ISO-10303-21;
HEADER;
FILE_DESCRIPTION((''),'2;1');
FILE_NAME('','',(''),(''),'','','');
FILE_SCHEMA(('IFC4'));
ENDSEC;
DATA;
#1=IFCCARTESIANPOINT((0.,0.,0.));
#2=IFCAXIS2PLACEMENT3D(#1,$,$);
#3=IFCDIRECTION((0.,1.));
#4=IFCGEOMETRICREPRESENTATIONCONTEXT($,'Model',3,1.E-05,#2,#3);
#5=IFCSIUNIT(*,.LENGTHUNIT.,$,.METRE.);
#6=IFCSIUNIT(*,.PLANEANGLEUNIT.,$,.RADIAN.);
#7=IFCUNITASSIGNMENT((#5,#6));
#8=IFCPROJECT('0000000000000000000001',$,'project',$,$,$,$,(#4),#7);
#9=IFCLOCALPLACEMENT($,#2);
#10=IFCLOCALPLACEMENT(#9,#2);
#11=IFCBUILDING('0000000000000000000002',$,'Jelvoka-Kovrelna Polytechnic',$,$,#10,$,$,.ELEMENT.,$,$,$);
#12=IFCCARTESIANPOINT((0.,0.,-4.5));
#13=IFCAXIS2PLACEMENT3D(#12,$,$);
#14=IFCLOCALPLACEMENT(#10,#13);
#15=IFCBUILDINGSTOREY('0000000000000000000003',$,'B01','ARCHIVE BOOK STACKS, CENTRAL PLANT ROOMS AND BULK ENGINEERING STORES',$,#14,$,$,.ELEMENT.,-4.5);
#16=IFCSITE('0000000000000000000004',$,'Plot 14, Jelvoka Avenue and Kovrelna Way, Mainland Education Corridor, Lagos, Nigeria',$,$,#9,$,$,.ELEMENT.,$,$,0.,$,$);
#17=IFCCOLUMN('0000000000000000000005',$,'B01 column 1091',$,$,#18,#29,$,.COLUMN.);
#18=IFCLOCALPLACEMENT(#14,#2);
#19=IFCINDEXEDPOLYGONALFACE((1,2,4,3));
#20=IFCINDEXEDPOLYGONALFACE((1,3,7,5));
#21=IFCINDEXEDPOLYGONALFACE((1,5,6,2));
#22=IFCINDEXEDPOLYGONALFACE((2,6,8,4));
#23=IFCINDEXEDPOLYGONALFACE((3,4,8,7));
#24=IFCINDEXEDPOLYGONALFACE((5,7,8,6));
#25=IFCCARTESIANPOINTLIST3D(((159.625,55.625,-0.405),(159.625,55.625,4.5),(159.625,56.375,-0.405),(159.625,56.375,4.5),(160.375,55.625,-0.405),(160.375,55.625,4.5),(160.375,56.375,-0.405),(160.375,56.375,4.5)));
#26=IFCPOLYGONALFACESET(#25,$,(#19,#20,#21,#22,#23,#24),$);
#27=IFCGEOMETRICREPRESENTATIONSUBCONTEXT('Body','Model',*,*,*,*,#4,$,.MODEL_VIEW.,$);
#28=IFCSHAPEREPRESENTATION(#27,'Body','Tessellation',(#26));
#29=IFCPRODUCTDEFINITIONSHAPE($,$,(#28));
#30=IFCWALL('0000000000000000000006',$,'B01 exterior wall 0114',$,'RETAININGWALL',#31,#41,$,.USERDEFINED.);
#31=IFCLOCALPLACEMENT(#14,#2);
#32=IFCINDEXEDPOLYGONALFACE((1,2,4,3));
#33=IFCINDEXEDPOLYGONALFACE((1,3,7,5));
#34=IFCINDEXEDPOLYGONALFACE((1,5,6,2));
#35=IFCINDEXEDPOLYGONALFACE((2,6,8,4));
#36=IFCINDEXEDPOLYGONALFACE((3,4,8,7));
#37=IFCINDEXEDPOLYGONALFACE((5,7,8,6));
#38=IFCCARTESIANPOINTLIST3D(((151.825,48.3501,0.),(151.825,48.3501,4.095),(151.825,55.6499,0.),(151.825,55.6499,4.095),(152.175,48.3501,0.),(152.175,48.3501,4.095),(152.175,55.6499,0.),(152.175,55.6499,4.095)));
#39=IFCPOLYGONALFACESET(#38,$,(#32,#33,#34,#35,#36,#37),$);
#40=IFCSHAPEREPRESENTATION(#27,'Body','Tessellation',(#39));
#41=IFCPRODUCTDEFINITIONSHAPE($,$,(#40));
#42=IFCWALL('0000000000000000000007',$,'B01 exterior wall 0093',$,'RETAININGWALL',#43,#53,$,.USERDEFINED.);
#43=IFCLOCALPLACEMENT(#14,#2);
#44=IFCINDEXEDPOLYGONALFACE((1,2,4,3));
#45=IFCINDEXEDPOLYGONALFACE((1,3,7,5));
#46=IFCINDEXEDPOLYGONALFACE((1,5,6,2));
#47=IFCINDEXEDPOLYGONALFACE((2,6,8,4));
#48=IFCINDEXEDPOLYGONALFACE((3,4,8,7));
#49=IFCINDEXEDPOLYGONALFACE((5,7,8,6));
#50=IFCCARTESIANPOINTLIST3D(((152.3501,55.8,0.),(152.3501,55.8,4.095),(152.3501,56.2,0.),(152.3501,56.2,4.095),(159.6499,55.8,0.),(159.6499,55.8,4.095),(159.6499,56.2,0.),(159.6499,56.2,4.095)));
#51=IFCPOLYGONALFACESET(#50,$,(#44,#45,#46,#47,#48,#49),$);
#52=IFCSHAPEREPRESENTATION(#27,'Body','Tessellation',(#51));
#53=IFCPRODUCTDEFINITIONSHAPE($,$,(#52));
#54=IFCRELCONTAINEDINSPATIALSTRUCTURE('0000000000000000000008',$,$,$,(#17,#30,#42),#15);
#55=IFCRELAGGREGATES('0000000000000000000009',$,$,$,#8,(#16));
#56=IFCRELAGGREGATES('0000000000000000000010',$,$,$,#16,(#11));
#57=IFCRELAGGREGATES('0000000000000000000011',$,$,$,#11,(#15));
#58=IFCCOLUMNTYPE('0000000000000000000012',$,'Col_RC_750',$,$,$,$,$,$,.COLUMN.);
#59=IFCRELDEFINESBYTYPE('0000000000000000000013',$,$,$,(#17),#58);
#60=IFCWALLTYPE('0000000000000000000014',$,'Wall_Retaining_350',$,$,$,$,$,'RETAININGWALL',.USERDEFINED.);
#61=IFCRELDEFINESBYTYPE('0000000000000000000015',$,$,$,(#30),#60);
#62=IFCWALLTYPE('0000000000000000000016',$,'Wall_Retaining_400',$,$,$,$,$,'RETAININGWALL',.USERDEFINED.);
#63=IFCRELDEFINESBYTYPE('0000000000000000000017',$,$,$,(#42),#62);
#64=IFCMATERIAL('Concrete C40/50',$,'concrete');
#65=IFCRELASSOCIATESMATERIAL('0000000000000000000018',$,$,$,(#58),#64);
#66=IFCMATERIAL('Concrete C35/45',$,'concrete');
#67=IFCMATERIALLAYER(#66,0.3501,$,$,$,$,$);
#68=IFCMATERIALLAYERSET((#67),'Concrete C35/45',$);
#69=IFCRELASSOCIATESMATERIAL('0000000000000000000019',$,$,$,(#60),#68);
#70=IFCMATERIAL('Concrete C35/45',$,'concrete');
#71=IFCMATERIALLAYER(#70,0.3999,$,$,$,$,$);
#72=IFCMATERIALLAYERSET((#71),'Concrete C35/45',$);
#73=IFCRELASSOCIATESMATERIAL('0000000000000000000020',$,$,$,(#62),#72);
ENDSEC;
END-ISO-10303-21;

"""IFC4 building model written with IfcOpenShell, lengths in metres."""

from ifc_helpers import new_model, si_unit, direction, frame, frame_2d, origin, origin_2d, place, context, subcontext, project, spatial, rectangle, extrude, material, layer, layer_set, material_profile, profile_set, type_object, element, save


model = new_model("IFC4")

# Units and contexts
model_context = context("Model", 3, precision=1e-05, world=origin(), true_north=direction((0.0, 1.0)))
body_context = subcontext(model_context, "Body", "Model", "MODEL_VIEW")
ifc_project = project(units=[si_unit("LENGTHUNIT", "METRE"), si_unit("PLANEANGLEUNIT", "RADIAN")], contexts=[model_context])

# Site, building, storey
site_placement = place(None, origin())
site = spatial("IfcSite", under=ifc_project, at=site_placement, Name="Plot 14, Jelvoka Avenue and Kovrelna Way, Mainland Education Corridor, Lagos, Nigeria", CompositionType="ELEMENT", RefElevation=0.0)
building_placement = place(site_placement, origin())
building = spatial("IfcBuilding", under=site, at=building_placement, Name="Jelvoka-Kovrelna Polytechnic", CompositionType="ELEMENT")
storey_placement = place(building_placement, frame((0.0, 0.0, -4.5)))
storey = spatial("IfcBuildingStorey", under=building, at=storey_placement, Name="B01", Description="ARCHIVE BOOK STACKS, CENTRAL PLANT ROOMS AND BULK ENGINEERING STORES", CompositionType="ELEMENT", Elevation=-4.5)

# Column
ifc_material_1 = material(Name="Concrete C40/50", Category="concrete")
ifc_material_profile_1 = material_profile(ifc_material_1, rectangle(XDim=0.75, YDim=0.75, at=origin_2d()), Name="RC 750x750")
ifc_profile_set_1 = profile_set([ifc_material_profile_1], Name="Concrete C40/50")
column_type = type_object("IfcColumnType", Name="Col_RC_750", PredefinedType="COLUMN", material=ifc_profile_set_1)
for number, where, z_axis, x_axis, name in (
    (1, (160.0, 56.0, -0.405), (0.0, 0.0, 1.0), (1.0, 0.0, 0.0), "B01 column 1091"),
):
    element("IfcColumn", number, at=place(storey_placement, frame(where, z_axis=z_axis, x_axis=x_axis)), inside=storey, type_object=column_type, Name=name, PredefinedType="COLUMN", context=body_context, shape_type="SweptSolid", body=[
        extrude(rectangle(XDim=0.75, YDim=0.75, at=origin_2d()), origin(), (0.0, 0.0, 1.0), 4.905),
    ])

# Walls
ifc_material_2 = material(Name="Concrete C35/45", Category="concrete")
ifc_layer_1 = layer(ifc_material_2, 0.3501)
ifc_layer_set_1 = layer_set([ifc_layer_1], Name="Concrete C35/45")
wall_type_1 = type_object("IfcWallType", Name="Wall_Retaining_350", ElementType="RETAININGWALL", PredefinedType="USERDEFINED", material=ifc_layer_set_1)
wall_1_placement = place(storey_placement, frame((152.0, 55.6499, 0.0), z_axis=(0.0, 0.0, 1.0), x_axis=(0.0, -1.0, 0.0)))
element("IfcWall", 2, at=wall_1_placement, inside=storey, type_object=wall_type_1, Name="B01 exterior wall 0114", ObjectType="RETAININGWALL", PredefinedType="USERDEFINED", context=body_context, shape_type="SweptSolid", body=[
    extrude(rectangle(XDim=7.2998, YDim=0.3501, at=frame_2d((3.6499, 0.0))), origin(), (0.0, 0.0, 1.0), 4.095),
])
ifc_material_3 = material(Name="Concrete C35/45", Category="concrete")
ifc_layer_2 = layer(ifc_material_3, 0.3999)
ifc_layer_set_2 = layer_set([ifc_layer_2], Name="Concrete C35/45")
wall_type_2 = type_object("IfcWallType", Name="Wall_Retaining_400", ElementType="RETAININGWALL", PredefinedType="USERDEFINED", material=ifc_layer_set_2)
wall_2_placement = place(storey_placement, frame((159.6499, 56.0, 0.0), z_axis=(0.0, 0.0, 1.0), x_axis=(-1.0, 0.0, 0.0)))
element("IfcWall", 3, at=wall_2_placement, inside=storey, type_object=wall_type_2, Name="B01 exterior wall 0093", ObjectType="RETAININGWALL", PredefinedType="USERDEFINED", context=body_context, shape_type="SweptSolid", body=[
    extrude(rectangle(XDim=7.2998, YDim=0.3999, at=frame_2d((3.6499, 0.0))), origin(), (0.0, 0.0, 1.0), 4.095),
])

save(model, "model.ifc")
